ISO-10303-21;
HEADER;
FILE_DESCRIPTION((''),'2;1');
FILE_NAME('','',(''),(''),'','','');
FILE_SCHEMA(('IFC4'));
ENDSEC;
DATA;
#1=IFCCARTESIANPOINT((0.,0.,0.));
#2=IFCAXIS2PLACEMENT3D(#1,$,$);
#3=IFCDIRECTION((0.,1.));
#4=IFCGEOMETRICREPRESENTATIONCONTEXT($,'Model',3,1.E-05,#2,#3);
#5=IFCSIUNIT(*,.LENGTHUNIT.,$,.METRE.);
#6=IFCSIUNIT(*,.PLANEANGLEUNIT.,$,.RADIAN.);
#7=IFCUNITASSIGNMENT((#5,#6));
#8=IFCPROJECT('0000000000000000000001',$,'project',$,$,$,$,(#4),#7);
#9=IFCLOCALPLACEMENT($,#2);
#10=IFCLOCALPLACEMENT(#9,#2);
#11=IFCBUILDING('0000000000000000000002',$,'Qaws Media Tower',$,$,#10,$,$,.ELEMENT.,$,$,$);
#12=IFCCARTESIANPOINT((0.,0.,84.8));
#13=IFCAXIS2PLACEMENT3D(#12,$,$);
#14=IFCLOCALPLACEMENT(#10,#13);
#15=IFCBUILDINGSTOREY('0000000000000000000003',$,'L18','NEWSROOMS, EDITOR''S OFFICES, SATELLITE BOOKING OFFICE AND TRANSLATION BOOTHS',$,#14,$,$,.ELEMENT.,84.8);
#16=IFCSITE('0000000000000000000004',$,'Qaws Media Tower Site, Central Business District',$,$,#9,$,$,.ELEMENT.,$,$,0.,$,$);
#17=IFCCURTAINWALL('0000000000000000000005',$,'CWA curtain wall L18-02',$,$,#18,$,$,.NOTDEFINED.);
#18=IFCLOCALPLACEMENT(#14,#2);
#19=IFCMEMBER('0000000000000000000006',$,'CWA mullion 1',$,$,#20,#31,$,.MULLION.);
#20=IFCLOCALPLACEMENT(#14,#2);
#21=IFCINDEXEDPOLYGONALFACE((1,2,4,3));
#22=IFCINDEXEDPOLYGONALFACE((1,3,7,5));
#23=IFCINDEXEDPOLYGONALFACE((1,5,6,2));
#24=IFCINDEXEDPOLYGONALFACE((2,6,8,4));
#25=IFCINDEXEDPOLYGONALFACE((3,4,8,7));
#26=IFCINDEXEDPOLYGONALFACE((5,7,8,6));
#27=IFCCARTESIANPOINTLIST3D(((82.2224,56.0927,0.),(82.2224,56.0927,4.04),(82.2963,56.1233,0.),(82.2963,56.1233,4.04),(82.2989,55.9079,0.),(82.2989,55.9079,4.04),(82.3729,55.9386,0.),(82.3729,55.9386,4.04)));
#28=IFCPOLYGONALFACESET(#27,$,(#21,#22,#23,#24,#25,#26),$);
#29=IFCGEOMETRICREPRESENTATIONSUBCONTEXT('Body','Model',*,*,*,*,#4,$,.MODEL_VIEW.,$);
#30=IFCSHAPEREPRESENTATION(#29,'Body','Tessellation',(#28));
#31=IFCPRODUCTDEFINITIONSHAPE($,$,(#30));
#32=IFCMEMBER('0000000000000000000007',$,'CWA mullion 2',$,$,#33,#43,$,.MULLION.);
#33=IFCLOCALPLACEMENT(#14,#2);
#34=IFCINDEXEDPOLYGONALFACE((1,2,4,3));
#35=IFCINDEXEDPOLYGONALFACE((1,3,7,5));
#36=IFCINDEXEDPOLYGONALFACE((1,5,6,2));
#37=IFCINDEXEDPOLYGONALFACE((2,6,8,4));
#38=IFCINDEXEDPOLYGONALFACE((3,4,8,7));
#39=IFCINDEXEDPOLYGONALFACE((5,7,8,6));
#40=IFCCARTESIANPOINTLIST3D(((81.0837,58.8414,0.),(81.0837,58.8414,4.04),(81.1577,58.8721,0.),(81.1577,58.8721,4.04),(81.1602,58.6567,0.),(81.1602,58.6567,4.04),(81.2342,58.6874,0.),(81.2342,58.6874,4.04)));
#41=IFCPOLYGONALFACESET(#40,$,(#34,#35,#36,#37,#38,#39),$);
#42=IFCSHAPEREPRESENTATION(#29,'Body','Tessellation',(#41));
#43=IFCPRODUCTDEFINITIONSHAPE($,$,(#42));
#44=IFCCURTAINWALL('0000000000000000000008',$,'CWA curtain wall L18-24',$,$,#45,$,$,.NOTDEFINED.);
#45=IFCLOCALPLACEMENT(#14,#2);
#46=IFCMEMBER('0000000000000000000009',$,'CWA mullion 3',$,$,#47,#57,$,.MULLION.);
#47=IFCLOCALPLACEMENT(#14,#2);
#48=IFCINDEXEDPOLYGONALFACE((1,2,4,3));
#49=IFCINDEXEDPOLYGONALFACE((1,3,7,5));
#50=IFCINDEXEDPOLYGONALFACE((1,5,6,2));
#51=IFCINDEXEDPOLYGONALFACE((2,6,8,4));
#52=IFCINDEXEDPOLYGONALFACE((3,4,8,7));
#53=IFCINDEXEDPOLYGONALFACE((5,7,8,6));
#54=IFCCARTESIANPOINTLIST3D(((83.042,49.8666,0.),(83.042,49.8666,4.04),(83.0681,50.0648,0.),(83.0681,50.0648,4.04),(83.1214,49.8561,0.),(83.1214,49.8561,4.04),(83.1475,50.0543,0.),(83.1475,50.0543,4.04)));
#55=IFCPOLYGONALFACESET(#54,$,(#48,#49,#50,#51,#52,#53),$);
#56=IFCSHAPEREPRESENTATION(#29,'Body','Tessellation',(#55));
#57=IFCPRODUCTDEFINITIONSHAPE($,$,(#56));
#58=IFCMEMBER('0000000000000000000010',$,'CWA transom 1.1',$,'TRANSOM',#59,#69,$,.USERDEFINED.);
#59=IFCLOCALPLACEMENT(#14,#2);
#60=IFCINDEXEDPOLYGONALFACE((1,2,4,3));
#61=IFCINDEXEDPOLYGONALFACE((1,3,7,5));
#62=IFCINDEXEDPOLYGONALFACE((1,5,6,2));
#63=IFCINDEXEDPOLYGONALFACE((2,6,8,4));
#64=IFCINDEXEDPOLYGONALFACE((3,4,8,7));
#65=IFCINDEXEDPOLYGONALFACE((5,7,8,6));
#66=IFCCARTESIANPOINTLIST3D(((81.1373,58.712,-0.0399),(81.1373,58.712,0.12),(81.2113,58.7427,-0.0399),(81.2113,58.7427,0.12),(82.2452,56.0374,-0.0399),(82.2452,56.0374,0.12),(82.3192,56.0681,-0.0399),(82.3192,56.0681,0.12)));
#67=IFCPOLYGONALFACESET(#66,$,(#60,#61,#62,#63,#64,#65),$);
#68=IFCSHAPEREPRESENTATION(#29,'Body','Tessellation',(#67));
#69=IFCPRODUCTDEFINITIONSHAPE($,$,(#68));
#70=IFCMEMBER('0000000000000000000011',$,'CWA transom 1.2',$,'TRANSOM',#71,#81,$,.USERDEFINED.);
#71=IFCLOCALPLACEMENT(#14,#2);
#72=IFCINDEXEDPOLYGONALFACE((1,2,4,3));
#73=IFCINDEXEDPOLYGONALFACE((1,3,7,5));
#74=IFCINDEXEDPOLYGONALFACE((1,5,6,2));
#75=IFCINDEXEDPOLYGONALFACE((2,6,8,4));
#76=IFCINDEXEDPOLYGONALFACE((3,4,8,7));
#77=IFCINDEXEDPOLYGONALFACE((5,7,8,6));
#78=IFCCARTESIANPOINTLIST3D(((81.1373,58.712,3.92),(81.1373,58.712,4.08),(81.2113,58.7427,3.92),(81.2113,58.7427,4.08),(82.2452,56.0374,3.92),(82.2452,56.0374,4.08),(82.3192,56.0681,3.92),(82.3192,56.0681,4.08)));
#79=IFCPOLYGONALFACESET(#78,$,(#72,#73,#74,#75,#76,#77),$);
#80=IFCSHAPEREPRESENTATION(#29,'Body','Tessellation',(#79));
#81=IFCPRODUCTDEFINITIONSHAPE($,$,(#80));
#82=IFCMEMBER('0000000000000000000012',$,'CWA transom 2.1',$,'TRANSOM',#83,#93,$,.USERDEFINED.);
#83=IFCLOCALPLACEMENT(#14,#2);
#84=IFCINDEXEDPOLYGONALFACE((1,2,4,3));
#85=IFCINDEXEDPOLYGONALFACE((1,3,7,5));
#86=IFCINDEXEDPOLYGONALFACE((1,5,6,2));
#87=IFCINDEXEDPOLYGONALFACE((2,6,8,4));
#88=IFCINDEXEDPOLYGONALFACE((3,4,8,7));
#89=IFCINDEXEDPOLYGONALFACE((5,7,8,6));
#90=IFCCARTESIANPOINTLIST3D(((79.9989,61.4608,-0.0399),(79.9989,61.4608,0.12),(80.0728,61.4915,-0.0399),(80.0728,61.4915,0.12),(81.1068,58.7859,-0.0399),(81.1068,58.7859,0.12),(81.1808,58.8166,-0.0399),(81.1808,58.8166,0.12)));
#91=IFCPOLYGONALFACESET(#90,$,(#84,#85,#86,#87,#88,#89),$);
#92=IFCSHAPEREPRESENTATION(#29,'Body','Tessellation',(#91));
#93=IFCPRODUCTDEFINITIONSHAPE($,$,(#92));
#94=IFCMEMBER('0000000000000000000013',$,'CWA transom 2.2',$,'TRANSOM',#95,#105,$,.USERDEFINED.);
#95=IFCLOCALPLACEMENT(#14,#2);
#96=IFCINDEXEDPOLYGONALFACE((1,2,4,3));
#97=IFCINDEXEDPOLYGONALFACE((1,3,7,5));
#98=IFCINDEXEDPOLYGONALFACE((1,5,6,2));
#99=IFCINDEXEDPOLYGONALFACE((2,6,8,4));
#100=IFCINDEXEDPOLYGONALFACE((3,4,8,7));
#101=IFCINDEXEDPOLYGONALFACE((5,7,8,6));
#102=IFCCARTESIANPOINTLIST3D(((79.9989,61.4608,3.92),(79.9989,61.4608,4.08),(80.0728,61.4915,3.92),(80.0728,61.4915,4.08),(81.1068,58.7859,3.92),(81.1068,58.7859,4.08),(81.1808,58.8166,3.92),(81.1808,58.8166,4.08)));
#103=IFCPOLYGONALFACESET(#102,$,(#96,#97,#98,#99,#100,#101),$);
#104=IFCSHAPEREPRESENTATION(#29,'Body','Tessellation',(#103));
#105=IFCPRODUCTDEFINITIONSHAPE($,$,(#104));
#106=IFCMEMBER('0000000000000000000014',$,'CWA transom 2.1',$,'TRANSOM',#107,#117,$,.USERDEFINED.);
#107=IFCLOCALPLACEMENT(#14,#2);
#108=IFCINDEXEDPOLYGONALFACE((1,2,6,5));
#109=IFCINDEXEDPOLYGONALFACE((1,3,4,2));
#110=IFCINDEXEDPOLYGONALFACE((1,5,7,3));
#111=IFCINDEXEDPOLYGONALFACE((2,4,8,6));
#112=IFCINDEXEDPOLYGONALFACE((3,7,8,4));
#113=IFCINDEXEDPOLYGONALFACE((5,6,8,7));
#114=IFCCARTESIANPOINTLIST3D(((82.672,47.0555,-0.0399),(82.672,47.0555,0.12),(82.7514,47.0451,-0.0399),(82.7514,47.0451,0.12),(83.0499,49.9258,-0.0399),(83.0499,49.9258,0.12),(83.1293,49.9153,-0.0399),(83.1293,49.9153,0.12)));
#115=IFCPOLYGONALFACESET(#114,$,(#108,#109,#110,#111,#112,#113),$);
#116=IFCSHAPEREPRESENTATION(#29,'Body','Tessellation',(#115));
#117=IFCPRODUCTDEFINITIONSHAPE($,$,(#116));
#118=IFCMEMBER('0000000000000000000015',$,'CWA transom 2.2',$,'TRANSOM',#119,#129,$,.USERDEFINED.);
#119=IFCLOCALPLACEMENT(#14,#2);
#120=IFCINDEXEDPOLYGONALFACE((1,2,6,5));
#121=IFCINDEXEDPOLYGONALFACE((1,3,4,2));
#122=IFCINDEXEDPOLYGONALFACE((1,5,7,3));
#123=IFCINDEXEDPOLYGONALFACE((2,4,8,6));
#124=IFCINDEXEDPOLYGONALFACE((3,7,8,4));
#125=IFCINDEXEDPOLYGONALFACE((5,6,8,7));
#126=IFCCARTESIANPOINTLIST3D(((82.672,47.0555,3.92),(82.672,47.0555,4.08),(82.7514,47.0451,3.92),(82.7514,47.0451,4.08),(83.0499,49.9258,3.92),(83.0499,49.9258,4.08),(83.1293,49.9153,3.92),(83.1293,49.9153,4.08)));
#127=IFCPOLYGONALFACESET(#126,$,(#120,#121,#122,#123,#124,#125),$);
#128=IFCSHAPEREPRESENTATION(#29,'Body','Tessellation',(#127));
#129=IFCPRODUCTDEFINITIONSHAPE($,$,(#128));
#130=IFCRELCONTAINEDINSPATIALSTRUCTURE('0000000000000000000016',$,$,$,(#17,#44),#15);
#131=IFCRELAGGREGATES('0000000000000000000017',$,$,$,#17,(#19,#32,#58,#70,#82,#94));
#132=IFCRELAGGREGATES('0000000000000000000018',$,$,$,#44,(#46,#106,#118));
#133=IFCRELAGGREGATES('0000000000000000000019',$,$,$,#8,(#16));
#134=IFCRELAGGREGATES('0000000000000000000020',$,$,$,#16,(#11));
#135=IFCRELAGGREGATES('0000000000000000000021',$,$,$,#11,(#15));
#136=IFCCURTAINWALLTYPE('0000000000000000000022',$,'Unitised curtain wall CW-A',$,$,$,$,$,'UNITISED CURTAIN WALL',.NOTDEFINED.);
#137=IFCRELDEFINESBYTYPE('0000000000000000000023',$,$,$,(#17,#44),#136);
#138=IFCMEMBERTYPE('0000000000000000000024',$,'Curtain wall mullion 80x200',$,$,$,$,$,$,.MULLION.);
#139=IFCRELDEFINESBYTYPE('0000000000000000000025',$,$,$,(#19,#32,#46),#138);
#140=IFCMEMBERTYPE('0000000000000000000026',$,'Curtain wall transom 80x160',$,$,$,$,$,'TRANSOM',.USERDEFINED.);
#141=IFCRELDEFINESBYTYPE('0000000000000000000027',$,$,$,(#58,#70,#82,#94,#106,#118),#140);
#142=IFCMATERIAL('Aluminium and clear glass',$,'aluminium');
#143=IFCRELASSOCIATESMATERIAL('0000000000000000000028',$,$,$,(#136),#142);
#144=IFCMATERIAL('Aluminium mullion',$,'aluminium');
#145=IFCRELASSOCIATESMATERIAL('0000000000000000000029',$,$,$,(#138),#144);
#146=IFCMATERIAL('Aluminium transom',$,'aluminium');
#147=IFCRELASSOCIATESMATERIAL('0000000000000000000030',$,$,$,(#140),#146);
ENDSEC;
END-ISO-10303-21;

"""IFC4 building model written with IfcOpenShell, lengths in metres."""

from ifc_helpers import new_model, si_unit, direction, frame, origin, origin_2d, place, context, subcontext, project, spatial, rectangle, extrude, material, material_profile, profile_set, type_object, element, aggregate, save


model = new_model("IFC4")

# Units and contexts
model_context = context("Model", 3, precision=1e-05, world=origin(), true_north=direction((0.0, 1.0)))
body_context = subcontext(model_context, "Body", "Model", "MODEL_VIEW")
ifc_project = project(units=[si_unit("LENGTHUNIT", "METRE"), si_unit("PLANEANGLEUNIT", "RADIAN")], contexts=[model_context])

# Site, building, storey
site_placement = place(None, origin())
site = spatial("IfcSite", under=ifc_project, at=site_placement, Name="Qaws Media Tower Site, Central Business District", CompositionType="ELEMENT", RefElevation=0.0)
building_placement = place(site_placement, origin())
building = spatial("IfcBuilding", under=site, at=building_placement, Name="Qaws Media Tower", CompositionType="ELEMENT")
storey_placement = place(building_placement, frame((0.0, 0.0, 84.8)))
storey = spatial("IfcBuildingStorey", under=building, at=storey_placement, Name="L18", Description="NEWSROOMS, EDITOR'S OFFICES, SATELLITE BOOKING OFFICE AND TRANSLATION BOOTHS", CompositionType="ELEMENT", Elevation=84.8)

# Curtain wall, members
ifc_material_1 = material(Name="Aluminium and clear glass", Category="aluminium")
curtain_wall_type = type_object("IfcCurtainWallType", Name="Unitised curtain wall CW-A", ElementType="UNITISED CURTAIN WALL", PredefinedType="NOTDEFINED", material=ifc_material_1)
curtain_wall_1_placement = place(storey_placement, origin())
curtain_wall_1 = element("IfcCurtainWall", 1, at=curtain_wall_1_placement, inside=storey, type_object=curtain_wall_type, Name="CWA curtain wall L18-02", PredefinedType="NOTDEFINED")
ifc_material_2 = material(Name="Aluminium mullion", Category="aluminium")
ifc_material_profile_1 = material_profile(ifc_material_2, rectangle(XDim=0.0801, YDim=0.2, at=origin_2d()), Name="80x200")
ifc_profile_set_1 = profile_set([ifc_material_profile_1], Name="Aluminium mullion")
member_type_1 = type_object("IfcMemberType", Name="Curtain wall mullion 80x200", PredefinedType="MULLION", material=ifc_profile_set_1)
member_1_placement = place(storey_placement, frame((82.2976, 56.0156, 0.0), z_axis=(0.0, 0.0, 1.0), x_axis=(-0.92388, -0.382683, 0.0)))
member_1 = element("IfcMember", 2, at=member_1_placement, type_object=member_type_1, Name="CWA mullion 1", PredefinedType="MULLION", context=body_context, shape_type="SweptSolid", body=[
    extrude(rectangle(XDim=0.0801, YDim=0.2, at=origin_2d()), origin(), (0.0, 0.0, 1.0), 4.04),
])
member_2_placement = place(storey_placement, frame((81.1589, 58.7644, 0.0), z_axis=(0.0, 0.0, 1.0), x_axis=(-0.92388, -0.382683, 0.0)))
member_2 = element("IfcMember", 3, at=member_2_placement, type_object=member_type_1, Name="CWA mullion 2", PredefinedType="MULLION", context=body_context, shape_type="SweptSolid", body=[
    extrude(rectangle(XDim=0.0801, YDim=0.2, at=origin_2d()), origin(), (0.0, 0.0, 1.0), 4.04),
])

# Curtain wall, member
curtain_wall_2_placement = place(storey_placement, origin())
curtain_wall_2 = element("IfcCurtainWall", 4, at=curtain_wall_2_placement, inside=storey, type_object=curtain_wall_type, Name="CWA curtain wall L18-24", PredefinedType="NOTDEFINED")
member_3_placement = place(storey_placement, frame((83.0947, 49.9604, 0.0), z_axis=(0.0, 0.0, 1.0), x_axis=(-0.991445, 0.130526, 0.0)))
member_3 = element("IfcMember", 5, at=member_3_placement, type_object=member_type_1, Name="CWA mullion 3", PredefinedType="MULLION", context=body_context, shape_type="SweptSolid", body=[
    extrude(rectangle(XDim=0.0801, YDim=0.2, at=origin_2d()), origin(), (0.0, 0.0, 1.0), 4.04),
])

# Members
ifc_material_3 = material(Name="Aluminium transom", Category="aluminium")
ifc_material_profile_2 = material_profile(ifc_material_3, rectangle(XDim=0.0801, YDim=0.1599, at=origin_2d()), Name="80x160")
ifc_profile_set_2 = profile_set([ifc_material_profile_2], Name="Aluminium transom")
member_type_2 = type_object("IfcMemberType", Name="Curtain wall transom 80x160", ElementType="TRANSOM", PredefinedType="USERDEFINED", material=ifc_profile_set_2)
member_4_placement = place(storey_placement, frame((82.2822, 56.0527, 0.04), z_axis=(-0.382704, 0.923871, 0.0), x_axis=(-0.923871, -0.382704, 0.0)))
member_4 = element("IfcMember", 6, at=member_4_placement, type_object=member_type_2, Name="CWA transom 1.1", ObjectType="TRANSOM", PredefinedType="USERDEFINED", context=body_context, shape_type="SweptSolid", body=[
    extrude(rectangle(XDim=0.0801, YDim=0.1599, at=origin_2d()), origin(), (0.0, 0.0, 1.0), 2.895),
])
member_5_placement = place(storey_placement, frame((82.2822, 56.0527, 4.0), z_axis=(-0.382704, 0.923871, 0.0), x_axis=(-0.923871, -0.382704, 0.0)))
member_5 = element("IfcMember", 7, at=member_5_placement, type_object=member_type_2, Name="CWA transom 1.2", ObjectType="TRANSOM", PredefinedType="USERDEFINED", context=body_context, shape_type="SweptSolid", body=[
    extrude(rectangle(XDim=0.0801, YDim=0.1599, at=origin_2d()), origin(), (0.0, 0.0, 1.0), 2.895),
])
member_6_placement = place(storey_placement, frame((81.1438, 58.8013, 0.04), z_axis=(-0.382675, 0.923883, 0.0), x_axis=(-0.923883, -0.382675, 0.0)))
member_6 = element("IfcMember", 8, at=member_6_placement, type_object=member_type_2, Name="CWA transom 2.1", ObjectType="TRANSOM", PredefinedType="USERDEFINED", context=body_context, shape_type="SweptSolid", body=[
    extrude(rectangle(XDim=0.0801, YDim=0.1599, at=origin_2d()), origin(), (0.0, 0.0, 1.0), 2.8953),
])
member_7_placement = place(storey_placement, frame((81.1438, 58.8013, 4.0), z_axis=(-0.382675, 0.923883, 0.0), x_axis=(-0.923883, -0.382675, 0.0)))
member_7 = element("IfcMember", 9, at=member_7_placement, type_object=member_type_2, Name="CWA transom 2.2", ObjectType="TRANSOM", PredefinedType="USERDEFINED", context=body_context, shape_type="SweptSolid", body=[
    extrude(rectangle(XDim=0.0801, YDim=0.1599, at=origin_2d()), origin(), (0.0, 0.0, 1.0), 2.8953),
])
member_8_placement = place(storey_placement, frame((82.7117, 47.0503, 0.04), z_axis=(0.13054, 0.991443, 0.0), x_axis=(-0.991443, 0.13054, 0.0)))
member_8 = element("IfcMember", 10, at=member_8_placement, type_object=member_type_2, Name="CWA transom 2.1", ObjectType="TRANSOM", PredefinedType="USERDEFINED", context=body_context, shape_type="SweptSolid", body=[
    extrude(rectangle(XDim=0.0801, YDim=0.1599, at=origin_2d()), origin(), (0.0, 0.0, 1.0), 2.895),
])
member_9_placement = place(storey_placement, frame((82.7117, 47.0503, 4.0), z_axis=(0.13054, 0.991443, 0.0), x_axis=(-0.991443, 0.13054, 0.0)))
member_9 = element("IfcMember", 11, at=member_9_placement, type_object=member_type_2, Name="CWA transom 2.2", ObjectType="TRANSOM", PredefinedType="USERDEFINED", context=body_context, shape_type="SweptSolid", body=[
    extrude(rectangle(XDim=0.0801, YDim=0.1599, at=origin_2d()), origin(), (0.0, 0.0, 1.0), 2.895),
])

aggregate(curtain_wall_1, [member_1, member_2, member_4, member_5, member_6, member_7])
aggregate(curtain_wall_2, [member_3, member_8, member_9])

save(model, "model.ifc")
